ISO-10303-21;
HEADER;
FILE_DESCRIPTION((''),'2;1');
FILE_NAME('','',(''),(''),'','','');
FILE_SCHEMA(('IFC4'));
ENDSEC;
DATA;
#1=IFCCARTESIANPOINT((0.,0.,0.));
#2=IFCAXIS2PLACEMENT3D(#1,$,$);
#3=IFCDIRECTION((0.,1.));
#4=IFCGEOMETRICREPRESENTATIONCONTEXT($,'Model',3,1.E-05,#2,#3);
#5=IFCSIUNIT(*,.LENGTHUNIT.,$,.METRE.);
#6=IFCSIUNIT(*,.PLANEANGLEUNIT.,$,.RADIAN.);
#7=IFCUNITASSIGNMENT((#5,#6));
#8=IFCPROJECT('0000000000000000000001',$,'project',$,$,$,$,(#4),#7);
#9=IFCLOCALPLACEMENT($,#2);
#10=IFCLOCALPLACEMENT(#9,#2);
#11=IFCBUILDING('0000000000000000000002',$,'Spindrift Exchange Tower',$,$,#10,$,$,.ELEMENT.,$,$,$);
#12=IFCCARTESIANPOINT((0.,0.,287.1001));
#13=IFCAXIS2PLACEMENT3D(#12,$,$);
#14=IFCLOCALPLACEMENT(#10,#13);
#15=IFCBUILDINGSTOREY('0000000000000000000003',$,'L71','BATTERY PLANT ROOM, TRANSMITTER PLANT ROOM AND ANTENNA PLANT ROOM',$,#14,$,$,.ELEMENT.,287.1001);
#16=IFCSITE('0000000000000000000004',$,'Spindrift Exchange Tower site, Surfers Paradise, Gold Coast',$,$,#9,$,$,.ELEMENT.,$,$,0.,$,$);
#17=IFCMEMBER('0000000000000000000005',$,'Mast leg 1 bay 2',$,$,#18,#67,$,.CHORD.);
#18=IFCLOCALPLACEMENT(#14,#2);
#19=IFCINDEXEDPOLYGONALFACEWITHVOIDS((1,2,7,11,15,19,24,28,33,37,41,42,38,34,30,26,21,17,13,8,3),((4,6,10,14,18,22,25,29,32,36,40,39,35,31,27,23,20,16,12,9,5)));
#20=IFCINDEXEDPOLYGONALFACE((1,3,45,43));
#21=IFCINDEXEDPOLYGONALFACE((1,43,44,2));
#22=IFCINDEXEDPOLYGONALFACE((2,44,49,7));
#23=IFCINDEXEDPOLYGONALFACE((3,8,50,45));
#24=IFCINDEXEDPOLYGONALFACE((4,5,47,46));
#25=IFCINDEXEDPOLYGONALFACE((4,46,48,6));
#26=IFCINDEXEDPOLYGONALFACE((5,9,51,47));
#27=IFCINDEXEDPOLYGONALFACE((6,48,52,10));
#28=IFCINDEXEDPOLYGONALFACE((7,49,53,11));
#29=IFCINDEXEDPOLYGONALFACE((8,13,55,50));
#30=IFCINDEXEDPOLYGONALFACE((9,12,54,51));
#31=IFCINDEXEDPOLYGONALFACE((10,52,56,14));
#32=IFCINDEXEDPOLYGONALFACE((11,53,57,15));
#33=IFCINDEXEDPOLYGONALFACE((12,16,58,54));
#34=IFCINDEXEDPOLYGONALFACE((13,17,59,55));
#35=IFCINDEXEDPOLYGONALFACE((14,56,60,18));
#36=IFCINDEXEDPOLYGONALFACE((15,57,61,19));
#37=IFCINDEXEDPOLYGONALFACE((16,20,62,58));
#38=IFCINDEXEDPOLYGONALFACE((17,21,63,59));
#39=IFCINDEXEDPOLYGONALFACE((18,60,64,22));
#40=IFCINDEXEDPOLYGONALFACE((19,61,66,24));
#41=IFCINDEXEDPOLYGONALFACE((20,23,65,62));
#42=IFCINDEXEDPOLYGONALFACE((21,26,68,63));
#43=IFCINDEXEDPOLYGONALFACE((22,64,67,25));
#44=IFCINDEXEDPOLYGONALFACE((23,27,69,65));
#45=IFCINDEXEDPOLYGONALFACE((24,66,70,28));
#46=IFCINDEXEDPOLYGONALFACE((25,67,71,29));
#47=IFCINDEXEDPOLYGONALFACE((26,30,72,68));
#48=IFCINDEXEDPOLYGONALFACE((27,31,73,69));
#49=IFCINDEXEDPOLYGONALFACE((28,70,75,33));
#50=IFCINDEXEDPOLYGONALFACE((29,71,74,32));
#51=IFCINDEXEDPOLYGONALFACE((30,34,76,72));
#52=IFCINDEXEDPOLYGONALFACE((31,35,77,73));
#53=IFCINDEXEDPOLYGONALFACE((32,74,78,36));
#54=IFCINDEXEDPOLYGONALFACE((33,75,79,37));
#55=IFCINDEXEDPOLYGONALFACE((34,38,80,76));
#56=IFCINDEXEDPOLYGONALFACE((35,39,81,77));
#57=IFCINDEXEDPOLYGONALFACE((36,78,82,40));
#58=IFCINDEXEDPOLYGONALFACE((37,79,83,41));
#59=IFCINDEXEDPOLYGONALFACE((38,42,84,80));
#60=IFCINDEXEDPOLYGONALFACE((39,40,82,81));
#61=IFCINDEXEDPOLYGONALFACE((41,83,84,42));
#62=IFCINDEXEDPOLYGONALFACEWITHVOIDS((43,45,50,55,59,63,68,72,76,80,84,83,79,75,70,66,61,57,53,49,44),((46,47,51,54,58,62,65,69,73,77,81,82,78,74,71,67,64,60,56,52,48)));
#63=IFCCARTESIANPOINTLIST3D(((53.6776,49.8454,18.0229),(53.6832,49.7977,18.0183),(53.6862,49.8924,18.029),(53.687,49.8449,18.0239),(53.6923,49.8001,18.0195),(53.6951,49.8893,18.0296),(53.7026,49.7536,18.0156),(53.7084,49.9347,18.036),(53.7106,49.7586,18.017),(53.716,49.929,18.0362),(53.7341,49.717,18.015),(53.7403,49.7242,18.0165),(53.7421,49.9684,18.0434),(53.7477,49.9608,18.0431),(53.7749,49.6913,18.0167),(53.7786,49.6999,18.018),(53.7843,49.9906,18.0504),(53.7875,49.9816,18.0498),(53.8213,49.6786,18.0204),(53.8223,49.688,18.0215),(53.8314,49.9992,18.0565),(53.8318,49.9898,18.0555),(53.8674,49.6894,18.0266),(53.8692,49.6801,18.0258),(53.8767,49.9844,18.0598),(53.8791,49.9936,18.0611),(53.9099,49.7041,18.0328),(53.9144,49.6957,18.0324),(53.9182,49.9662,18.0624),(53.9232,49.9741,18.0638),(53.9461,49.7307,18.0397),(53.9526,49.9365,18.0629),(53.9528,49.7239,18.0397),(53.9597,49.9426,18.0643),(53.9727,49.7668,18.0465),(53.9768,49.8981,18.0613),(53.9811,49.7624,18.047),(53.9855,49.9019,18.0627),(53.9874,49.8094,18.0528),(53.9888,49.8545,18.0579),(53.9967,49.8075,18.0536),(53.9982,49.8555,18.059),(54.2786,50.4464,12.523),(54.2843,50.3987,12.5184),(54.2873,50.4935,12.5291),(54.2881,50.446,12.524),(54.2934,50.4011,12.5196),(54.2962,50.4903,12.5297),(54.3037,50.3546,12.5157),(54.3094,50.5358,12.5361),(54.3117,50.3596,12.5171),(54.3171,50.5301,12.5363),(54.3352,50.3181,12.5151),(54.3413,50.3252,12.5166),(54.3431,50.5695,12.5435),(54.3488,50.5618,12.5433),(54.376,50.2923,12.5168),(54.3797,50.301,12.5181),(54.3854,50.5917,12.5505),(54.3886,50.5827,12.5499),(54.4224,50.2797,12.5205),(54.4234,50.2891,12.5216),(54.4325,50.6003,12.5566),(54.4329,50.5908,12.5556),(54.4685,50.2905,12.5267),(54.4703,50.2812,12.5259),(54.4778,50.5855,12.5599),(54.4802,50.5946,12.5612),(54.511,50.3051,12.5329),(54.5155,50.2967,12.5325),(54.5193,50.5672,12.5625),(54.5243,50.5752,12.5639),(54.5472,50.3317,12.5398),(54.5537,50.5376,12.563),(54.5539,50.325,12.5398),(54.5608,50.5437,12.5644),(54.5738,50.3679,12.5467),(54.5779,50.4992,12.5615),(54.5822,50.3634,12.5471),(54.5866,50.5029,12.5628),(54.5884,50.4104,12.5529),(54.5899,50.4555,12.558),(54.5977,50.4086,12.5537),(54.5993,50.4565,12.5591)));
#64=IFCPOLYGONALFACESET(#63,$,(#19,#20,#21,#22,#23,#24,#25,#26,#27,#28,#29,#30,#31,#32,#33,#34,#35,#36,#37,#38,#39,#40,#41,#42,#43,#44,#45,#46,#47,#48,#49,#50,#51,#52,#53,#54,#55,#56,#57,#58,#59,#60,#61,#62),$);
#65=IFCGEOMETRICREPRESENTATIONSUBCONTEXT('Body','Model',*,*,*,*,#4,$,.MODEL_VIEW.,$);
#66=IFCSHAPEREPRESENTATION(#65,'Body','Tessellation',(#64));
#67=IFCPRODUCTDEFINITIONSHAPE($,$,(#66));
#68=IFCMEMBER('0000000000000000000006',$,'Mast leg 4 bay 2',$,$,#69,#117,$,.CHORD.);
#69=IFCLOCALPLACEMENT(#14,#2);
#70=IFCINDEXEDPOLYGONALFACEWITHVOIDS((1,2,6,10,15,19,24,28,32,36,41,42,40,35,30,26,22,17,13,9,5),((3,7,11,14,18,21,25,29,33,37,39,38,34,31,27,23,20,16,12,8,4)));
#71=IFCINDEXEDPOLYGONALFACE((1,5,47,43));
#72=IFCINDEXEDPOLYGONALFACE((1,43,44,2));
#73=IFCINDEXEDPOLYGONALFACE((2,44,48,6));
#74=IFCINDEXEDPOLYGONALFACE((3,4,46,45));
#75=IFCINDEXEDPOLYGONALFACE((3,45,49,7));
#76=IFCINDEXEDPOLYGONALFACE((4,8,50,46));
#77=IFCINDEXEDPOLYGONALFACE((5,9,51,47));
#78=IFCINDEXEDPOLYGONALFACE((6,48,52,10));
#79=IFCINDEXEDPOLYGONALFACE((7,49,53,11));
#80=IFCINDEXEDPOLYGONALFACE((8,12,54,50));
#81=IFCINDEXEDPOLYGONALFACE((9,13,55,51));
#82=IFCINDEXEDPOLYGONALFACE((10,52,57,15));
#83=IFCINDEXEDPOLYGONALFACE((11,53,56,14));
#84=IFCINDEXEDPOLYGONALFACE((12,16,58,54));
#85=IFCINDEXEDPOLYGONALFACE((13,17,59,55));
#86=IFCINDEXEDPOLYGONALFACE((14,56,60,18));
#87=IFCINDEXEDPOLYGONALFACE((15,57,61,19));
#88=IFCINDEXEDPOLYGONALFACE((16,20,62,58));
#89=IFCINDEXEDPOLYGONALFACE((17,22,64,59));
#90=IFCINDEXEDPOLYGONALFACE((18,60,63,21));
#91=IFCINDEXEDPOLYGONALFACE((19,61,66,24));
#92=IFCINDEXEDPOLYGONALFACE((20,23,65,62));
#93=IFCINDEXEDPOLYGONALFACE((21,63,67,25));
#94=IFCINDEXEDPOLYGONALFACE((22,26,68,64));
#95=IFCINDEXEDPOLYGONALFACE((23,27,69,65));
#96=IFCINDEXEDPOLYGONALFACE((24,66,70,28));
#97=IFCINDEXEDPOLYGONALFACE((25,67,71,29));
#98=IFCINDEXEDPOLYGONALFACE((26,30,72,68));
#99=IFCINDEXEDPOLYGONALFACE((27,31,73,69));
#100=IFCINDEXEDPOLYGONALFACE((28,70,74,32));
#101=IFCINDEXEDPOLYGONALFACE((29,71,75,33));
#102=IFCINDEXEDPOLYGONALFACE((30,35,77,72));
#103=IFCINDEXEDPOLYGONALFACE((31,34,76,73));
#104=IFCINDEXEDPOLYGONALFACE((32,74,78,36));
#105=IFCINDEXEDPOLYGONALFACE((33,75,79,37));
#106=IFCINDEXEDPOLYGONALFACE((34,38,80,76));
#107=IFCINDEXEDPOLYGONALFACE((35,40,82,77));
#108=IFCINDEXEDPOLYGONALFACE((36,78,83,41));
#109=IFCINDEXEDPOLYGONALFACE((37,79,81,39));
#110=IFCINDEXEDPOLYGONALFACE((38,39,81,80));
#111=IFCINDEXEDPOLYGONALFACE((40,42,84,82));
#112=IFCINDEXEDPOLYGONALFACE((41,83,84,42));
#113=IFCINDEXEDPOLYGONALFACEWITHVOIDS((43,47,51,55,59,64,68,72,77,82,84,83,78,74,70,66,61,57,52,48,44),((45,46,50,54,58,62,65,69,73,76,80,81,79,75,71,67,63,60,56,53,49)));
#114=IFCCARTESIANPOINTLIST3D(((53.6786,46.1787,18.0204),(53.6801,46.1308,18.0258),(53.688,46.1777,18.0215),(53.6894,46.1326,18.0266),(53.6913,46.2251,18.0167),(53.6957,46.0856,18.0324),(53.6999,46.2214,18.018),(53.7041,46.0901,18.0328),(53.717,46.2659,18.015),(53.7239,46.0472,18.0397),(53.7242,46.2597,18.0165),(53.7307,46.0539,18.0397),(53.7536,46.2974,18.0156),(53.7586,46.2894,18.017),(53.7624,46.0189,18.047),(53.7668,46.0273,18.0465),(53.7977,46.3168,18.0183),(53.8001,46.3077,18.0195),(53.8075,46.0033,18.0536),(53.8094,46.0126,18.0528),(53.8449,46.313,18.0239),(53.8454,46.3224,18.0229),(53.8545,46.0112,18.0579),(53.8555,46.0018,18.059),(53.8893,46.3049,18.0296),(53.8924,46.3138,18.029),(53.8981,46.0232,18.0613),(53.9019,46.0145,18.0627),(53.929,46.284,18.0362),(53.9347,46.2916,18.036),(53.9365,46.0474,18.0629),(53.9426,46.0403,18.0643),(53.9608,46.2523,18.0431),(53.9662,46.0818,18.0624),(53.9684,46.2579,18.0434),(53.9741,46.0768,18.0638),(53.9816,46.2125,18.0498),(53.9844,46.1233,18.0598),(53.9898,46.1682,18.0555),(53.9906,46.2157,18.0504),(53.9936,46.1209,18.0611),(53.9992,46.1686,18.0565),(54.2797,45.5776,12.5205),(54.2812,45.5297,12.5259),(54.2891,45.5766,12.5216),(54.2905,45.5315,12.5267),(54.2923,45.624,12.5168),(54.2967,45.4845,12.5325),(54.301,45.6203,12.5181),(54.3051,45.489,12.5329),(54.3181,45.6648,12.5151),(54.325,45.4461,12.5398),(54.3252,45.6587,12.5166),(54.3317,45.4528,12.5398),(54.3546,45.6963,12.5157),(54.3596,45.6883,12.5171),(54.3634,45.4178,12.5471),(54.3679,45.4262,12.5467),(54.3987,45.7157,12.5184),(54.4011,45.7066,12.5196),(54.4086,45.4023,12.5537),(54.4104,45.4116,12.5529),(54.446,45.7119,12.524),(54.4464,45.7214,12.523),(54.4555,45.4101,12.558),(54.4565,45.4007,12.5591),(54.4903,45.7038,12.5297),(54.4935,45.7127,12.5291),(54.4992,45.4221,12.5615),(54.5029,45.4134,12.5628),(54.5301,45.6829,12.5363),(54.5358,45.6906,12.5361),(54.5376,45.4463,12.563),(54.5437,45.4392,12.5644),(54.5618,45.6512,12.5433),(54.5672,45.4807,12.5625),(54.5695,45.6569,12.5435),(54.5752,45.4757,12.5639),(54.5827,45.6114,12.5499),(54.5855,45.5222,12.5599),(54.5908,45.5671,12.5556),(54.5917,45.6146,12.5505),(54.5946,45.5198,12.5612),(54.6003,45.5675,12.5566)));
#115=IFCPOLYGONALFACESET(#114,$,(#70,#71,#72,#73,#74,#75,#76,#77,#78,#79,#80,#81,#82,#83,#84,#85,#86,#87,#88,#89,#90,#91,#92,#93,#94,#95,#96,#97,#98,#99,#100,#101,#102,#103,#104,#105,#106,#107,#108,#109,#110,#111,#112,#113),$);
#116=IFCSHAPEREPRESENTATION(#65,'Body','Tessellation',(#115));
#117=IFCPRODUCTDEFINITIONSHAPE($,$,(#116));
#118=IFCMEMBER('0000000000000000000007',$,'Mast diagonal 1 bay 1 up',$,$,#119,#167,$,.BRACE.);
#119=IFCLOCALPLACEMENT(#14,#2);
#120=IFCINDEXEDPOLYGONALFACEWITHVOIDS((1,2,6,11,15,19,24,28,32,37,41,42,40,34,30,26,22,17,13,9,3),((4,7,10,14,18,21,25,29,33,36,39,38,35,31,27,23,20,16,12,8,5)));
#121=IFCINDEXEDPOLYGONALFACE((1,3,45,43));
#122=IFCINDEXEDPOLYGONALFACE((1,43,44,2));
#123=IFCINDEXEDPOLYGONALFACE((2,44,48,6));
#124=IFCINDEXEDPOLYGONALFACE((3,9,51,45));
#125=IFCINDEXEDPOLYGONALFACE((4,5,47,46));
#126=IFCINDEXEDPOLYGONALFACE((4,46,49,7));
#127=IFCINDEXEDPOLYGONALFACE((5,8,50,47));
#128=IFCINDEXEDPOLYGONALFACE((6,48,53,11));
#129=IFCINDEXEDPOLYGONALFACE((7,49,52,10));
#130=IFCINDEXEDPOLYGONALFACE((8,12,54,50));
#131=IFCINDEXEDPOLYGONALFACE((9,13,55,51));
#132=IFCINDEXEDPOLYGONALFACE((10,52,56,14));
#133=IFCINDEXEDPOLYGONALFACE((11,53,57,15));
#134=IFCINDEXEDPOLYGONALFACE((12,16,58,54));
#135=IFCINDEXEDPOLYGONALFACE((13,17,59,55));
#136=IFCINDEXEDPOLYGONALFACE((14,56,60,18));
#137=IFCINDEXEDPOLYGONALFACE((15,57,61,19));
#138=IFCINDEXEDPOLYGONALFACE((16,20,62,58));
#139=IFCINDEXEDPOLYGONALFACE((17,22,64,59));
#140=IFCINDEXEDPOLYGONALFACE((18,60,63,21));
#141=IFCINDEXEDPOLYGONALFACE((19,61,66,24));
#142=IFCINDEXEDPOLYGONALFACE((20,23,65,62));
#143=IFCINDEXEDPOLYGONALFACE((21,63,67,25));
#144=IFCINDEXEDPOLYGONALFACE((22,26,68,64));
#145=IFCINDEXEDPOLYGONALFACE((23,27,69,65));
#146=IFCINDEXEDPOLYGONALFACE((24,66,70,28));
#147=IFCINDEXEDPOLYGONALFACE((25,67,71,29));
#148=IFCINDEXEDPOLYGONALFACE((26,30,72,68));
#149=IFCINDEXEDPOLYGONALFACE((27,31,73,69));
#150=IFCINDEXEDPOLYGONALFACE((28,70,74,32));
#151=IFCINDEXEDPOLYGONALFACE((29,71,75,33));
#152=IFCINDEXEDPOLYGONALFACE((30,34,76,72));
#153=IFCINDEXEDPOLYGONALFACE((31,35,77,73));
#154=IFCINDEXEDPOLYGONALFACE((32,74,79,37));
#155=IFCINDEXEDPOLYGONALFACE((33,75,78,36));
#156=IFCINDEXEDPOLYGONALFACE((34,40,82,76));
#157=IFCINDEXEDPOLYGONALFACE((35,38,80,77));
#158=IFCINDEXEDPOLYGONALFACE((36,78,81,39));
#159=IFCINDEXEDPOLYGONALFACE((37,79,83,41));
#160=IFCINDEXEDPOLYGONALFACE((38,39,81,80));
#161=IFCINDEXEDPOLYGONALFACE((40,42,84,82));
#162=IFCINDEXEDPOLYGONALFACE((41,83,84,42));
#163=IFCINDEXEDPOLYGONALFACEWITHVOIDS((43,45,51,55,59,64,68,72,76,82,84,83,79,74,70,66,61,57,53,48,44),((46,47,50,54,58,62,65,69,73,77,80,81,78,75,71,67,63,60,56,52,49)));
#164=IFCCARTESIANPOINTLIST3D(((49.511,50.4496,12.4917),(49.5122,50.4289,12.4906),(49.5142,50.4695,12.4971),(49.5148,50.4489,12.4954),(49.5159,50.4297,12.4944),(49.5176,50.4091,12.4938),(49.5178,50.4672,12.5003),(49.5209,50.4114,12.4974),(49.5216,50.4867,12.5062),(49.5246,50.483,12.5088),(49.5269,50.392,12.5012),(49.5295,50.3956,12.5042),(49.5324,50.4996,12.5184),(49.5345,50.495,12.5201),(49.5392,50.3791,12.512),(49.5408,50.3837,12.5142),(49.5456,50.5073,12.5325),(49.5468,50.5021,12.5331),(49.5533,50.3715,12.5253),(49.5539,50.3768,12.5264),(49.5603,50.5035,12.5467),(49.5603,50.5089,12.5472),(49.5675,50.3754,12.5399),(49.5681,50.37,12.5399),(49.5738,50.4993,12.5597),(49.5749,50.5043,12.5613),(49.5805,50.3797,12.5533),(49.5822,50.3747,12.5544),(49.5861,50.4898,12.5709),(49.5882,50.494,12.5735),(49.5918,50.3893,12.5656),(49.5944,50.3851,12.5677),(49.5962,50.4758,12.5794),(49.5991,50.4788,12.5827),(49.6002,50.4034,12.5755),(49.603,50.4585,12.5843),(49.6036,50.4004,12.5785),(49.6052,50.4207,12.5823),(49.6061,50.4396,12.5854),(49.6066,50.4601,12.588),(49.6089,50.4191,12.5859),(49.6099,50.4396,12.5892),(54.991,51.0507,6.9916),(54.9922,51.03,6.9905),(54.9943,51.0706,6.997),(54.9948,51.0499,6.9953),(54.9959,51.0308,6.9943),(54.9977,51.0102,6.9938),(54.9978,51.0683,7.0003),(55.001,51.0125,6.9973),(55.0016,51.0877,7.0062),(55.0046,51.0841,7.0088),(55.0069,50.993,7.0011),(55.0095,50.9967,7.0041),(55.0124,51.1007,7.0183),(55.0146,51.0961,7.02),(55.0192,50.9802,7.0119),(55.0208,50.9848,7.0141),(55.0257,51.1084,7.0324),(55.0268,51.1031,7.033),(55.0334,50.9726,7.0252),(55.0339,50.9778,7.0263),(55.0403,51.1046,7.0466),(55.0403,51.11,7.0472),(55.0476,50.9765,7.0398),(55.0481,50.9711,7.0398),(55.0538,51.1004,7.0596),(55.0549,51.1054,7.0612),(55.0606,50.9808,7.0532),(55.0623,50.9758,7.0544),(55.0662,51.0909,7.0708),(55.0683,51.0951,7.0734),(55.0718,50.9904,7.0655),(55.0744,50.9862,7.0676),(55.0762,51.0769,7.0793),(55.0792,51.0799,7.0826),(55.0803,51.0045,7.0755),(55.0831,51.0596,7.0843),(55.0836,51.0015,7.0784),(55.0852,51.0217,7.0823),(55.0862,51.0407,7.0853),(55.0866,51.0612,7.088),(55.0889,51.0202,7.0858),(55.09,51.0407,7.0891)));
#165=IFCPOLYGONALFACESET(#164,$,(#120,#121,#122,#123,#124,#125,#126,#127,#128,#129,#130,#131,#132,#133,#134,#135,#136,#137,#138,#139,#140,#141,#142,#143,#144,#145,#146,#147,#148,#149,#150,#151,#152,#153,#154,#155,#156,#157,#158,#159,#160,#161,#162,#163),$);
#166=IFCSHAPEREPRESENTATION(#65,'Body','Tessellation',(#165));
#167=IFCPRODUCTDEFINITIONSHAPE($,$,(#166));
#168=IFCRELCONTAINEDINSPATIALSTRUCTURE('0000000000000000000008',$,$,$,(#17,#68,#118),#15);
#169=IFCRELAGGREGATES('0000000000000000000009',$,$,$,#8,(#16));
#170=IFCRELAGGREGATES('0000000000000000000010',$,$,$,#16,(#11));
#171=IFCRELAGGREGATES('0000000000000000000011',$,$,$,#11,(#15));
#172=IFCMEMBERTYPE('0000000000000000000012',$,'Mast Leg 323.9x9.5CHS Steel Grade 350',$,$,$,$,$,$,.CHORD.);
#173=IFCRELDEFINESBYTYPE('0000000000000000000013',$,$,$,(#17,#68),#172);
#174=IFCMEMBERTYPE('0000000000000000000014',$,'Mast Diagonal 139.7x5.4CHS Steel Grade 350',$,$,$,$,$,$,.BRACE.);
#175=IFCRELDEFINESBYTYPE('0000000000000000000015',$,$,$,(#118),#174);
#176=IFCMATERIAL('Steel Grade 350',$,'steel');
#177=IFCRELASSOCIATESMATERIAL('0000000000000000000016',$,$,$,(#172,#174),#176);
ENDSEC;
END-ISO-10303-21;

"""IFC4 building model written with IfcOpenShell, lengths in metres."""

from ifc_helpers import new_model, si_unit, direction, frame, origin, origin_2d, place, context, subcontext, project, spatial, hollow_circle, extrude, source, transform, mapped, material, material_profile, profile_set, type_object, element, save


model = new_model("IFC4")

# Units and contexts
model_context = context("Model", 3, precision=1e-05, world=origin(), true_north=direction((0.0, 1.0)))
body_context = subcontext(model_context, "Body", "Model", "MODEL_VIEW")
ifc_project = project(units=[si_unit("LENGTHUNIT", "METRE"), si_unit("PLANEANGLEUNIT", "RADIAN")], contexts=[model_context])

# Site, building, storey
site_placement = place(None, origin())
site = spatial("IfcSite", under=ifc_project, at=site_placement, Name="Spindrift Exchange Tower site, Surfers Paradise, Gold Coast", CompositionType="ELEMENT", RefElevation=0.0)
building_placement = place(site_placement, origin())
building = spatial("IfcBuilding", under=site, at=building_placement, Name="Spindrift Exchange Tower", CompositionType="ELEMENT")
storey_placement = place(building_placement, frame((0.0, 0.0, 287.1001)))
storey = spatial("IfcBuildingStorey", under=building, at=storey_placement, Name="L71", Description="BATTERY PLANT ROOM, TRANSMITTER PLANT ROOM AND ANTENNA PLANT ROOM", CompositionType="ELEMENT", Elevation=287.1001)

# Members
ifc_material_1 = material(Name="Steel Grade 350", Category="steel")
ifc_material_profile_1 = material_profile(ifc_material_1, hollow_circle(Radius=0.1619, WallThickness=0.0095, at=origin_2d()), Name="323.9x9.5CHS")
ifc_profile_set_1 = profile_set([ifc_material_profile_1], Name="Steel Grade 350")
member_type_1 = type_object("IfcMemberType", Name="Mast Leg 323.9x9.5CHS Steel Grade 350", PredefinedType="CHORD", material=ifc_profile_set_1)
shared_shape_1 = source(origin(), body_context, "Body", "SweptSolid", [
    extrude(hollow_circle(Radius=0.1619, WallThickness=0.0095, at=origin_2d()), origin(), (0.0, 0.0, 1.0), 5.5652),
])
for number, where, z_axis, x_axis, name in (
    (1, (54.4395, 50.4395, 12.5398), (-0.108004, -0.108004, 0.988266), (0.707107, -0.707107, 0.0), "Mast leg 1 bay 2"),
    (2, (54.4395, 45.5605, 12.5398), (-0.108004, 0.108004, 0.988266), (-0.707107, -0.707107, 0.0), "Mast leg 4 bay 2"),
):
    element("IfcMember", number, at=place(storey_placement, frame(where, z_axis=z_axis, x_axis=x_axis)), inside=storey, type_object=member_type_1, Name=name, PredefinedType="CHORD", context=body_context, shape_type="MappedRepresentation", body=[
        mapped(shared_shape_1, transform((0.0, 0.0, 0.0), scale=1.0)),
    ])
ifc_material_profile_2 = material_profile(ifc_material_1, hollow_circle(Radius=0.0698, WallThickness=0.0054, at=origin_2d()), Name="139.7x5.4CHS")
ifc_profile_set_2 = profile_set([ifc_material_profile_2], Name="Steel Grade 350")
member_type_2 = type_object("IfcMemberType", Name="Mast Diagonal 139.7x5.4CHS Steel Grade 350", PredefinedType="BRACE", material=ifc_profile_set_2)
shared_shape_2 = source(origin(), body_context, "Body", "SweptSolid", [
    extrude(hollow_circle(Radius=0.0698, WallThickness=0.0054, at=origin_2d()), origin(), (0.0, 0.0, 1.0), 7.7874),
])
for number, where, z_axis, x_axis, name in (
    (3, (55.0405, 51.0405, 7.0398), (-0.703711, -0.077187, 0.706281), (0.109032, -0.994038, 0.0), "Mast diagonal 1 bay 1 up"),
):
    element("IfcMember", number, at=place(storey_placement, frame(where, z_axis=z_axis, x_axis=x_axis)), inside=storey, type_object=member_type_2, Name=name, PredefinedType="BRACE", context=body_context, shape_type="MappedRepresentation", body=[
        mapped(shared_shape_2, transform((0.0, 0.0, 0.0), scale=1.0)),
    ])

save(model, "model.ifc")
